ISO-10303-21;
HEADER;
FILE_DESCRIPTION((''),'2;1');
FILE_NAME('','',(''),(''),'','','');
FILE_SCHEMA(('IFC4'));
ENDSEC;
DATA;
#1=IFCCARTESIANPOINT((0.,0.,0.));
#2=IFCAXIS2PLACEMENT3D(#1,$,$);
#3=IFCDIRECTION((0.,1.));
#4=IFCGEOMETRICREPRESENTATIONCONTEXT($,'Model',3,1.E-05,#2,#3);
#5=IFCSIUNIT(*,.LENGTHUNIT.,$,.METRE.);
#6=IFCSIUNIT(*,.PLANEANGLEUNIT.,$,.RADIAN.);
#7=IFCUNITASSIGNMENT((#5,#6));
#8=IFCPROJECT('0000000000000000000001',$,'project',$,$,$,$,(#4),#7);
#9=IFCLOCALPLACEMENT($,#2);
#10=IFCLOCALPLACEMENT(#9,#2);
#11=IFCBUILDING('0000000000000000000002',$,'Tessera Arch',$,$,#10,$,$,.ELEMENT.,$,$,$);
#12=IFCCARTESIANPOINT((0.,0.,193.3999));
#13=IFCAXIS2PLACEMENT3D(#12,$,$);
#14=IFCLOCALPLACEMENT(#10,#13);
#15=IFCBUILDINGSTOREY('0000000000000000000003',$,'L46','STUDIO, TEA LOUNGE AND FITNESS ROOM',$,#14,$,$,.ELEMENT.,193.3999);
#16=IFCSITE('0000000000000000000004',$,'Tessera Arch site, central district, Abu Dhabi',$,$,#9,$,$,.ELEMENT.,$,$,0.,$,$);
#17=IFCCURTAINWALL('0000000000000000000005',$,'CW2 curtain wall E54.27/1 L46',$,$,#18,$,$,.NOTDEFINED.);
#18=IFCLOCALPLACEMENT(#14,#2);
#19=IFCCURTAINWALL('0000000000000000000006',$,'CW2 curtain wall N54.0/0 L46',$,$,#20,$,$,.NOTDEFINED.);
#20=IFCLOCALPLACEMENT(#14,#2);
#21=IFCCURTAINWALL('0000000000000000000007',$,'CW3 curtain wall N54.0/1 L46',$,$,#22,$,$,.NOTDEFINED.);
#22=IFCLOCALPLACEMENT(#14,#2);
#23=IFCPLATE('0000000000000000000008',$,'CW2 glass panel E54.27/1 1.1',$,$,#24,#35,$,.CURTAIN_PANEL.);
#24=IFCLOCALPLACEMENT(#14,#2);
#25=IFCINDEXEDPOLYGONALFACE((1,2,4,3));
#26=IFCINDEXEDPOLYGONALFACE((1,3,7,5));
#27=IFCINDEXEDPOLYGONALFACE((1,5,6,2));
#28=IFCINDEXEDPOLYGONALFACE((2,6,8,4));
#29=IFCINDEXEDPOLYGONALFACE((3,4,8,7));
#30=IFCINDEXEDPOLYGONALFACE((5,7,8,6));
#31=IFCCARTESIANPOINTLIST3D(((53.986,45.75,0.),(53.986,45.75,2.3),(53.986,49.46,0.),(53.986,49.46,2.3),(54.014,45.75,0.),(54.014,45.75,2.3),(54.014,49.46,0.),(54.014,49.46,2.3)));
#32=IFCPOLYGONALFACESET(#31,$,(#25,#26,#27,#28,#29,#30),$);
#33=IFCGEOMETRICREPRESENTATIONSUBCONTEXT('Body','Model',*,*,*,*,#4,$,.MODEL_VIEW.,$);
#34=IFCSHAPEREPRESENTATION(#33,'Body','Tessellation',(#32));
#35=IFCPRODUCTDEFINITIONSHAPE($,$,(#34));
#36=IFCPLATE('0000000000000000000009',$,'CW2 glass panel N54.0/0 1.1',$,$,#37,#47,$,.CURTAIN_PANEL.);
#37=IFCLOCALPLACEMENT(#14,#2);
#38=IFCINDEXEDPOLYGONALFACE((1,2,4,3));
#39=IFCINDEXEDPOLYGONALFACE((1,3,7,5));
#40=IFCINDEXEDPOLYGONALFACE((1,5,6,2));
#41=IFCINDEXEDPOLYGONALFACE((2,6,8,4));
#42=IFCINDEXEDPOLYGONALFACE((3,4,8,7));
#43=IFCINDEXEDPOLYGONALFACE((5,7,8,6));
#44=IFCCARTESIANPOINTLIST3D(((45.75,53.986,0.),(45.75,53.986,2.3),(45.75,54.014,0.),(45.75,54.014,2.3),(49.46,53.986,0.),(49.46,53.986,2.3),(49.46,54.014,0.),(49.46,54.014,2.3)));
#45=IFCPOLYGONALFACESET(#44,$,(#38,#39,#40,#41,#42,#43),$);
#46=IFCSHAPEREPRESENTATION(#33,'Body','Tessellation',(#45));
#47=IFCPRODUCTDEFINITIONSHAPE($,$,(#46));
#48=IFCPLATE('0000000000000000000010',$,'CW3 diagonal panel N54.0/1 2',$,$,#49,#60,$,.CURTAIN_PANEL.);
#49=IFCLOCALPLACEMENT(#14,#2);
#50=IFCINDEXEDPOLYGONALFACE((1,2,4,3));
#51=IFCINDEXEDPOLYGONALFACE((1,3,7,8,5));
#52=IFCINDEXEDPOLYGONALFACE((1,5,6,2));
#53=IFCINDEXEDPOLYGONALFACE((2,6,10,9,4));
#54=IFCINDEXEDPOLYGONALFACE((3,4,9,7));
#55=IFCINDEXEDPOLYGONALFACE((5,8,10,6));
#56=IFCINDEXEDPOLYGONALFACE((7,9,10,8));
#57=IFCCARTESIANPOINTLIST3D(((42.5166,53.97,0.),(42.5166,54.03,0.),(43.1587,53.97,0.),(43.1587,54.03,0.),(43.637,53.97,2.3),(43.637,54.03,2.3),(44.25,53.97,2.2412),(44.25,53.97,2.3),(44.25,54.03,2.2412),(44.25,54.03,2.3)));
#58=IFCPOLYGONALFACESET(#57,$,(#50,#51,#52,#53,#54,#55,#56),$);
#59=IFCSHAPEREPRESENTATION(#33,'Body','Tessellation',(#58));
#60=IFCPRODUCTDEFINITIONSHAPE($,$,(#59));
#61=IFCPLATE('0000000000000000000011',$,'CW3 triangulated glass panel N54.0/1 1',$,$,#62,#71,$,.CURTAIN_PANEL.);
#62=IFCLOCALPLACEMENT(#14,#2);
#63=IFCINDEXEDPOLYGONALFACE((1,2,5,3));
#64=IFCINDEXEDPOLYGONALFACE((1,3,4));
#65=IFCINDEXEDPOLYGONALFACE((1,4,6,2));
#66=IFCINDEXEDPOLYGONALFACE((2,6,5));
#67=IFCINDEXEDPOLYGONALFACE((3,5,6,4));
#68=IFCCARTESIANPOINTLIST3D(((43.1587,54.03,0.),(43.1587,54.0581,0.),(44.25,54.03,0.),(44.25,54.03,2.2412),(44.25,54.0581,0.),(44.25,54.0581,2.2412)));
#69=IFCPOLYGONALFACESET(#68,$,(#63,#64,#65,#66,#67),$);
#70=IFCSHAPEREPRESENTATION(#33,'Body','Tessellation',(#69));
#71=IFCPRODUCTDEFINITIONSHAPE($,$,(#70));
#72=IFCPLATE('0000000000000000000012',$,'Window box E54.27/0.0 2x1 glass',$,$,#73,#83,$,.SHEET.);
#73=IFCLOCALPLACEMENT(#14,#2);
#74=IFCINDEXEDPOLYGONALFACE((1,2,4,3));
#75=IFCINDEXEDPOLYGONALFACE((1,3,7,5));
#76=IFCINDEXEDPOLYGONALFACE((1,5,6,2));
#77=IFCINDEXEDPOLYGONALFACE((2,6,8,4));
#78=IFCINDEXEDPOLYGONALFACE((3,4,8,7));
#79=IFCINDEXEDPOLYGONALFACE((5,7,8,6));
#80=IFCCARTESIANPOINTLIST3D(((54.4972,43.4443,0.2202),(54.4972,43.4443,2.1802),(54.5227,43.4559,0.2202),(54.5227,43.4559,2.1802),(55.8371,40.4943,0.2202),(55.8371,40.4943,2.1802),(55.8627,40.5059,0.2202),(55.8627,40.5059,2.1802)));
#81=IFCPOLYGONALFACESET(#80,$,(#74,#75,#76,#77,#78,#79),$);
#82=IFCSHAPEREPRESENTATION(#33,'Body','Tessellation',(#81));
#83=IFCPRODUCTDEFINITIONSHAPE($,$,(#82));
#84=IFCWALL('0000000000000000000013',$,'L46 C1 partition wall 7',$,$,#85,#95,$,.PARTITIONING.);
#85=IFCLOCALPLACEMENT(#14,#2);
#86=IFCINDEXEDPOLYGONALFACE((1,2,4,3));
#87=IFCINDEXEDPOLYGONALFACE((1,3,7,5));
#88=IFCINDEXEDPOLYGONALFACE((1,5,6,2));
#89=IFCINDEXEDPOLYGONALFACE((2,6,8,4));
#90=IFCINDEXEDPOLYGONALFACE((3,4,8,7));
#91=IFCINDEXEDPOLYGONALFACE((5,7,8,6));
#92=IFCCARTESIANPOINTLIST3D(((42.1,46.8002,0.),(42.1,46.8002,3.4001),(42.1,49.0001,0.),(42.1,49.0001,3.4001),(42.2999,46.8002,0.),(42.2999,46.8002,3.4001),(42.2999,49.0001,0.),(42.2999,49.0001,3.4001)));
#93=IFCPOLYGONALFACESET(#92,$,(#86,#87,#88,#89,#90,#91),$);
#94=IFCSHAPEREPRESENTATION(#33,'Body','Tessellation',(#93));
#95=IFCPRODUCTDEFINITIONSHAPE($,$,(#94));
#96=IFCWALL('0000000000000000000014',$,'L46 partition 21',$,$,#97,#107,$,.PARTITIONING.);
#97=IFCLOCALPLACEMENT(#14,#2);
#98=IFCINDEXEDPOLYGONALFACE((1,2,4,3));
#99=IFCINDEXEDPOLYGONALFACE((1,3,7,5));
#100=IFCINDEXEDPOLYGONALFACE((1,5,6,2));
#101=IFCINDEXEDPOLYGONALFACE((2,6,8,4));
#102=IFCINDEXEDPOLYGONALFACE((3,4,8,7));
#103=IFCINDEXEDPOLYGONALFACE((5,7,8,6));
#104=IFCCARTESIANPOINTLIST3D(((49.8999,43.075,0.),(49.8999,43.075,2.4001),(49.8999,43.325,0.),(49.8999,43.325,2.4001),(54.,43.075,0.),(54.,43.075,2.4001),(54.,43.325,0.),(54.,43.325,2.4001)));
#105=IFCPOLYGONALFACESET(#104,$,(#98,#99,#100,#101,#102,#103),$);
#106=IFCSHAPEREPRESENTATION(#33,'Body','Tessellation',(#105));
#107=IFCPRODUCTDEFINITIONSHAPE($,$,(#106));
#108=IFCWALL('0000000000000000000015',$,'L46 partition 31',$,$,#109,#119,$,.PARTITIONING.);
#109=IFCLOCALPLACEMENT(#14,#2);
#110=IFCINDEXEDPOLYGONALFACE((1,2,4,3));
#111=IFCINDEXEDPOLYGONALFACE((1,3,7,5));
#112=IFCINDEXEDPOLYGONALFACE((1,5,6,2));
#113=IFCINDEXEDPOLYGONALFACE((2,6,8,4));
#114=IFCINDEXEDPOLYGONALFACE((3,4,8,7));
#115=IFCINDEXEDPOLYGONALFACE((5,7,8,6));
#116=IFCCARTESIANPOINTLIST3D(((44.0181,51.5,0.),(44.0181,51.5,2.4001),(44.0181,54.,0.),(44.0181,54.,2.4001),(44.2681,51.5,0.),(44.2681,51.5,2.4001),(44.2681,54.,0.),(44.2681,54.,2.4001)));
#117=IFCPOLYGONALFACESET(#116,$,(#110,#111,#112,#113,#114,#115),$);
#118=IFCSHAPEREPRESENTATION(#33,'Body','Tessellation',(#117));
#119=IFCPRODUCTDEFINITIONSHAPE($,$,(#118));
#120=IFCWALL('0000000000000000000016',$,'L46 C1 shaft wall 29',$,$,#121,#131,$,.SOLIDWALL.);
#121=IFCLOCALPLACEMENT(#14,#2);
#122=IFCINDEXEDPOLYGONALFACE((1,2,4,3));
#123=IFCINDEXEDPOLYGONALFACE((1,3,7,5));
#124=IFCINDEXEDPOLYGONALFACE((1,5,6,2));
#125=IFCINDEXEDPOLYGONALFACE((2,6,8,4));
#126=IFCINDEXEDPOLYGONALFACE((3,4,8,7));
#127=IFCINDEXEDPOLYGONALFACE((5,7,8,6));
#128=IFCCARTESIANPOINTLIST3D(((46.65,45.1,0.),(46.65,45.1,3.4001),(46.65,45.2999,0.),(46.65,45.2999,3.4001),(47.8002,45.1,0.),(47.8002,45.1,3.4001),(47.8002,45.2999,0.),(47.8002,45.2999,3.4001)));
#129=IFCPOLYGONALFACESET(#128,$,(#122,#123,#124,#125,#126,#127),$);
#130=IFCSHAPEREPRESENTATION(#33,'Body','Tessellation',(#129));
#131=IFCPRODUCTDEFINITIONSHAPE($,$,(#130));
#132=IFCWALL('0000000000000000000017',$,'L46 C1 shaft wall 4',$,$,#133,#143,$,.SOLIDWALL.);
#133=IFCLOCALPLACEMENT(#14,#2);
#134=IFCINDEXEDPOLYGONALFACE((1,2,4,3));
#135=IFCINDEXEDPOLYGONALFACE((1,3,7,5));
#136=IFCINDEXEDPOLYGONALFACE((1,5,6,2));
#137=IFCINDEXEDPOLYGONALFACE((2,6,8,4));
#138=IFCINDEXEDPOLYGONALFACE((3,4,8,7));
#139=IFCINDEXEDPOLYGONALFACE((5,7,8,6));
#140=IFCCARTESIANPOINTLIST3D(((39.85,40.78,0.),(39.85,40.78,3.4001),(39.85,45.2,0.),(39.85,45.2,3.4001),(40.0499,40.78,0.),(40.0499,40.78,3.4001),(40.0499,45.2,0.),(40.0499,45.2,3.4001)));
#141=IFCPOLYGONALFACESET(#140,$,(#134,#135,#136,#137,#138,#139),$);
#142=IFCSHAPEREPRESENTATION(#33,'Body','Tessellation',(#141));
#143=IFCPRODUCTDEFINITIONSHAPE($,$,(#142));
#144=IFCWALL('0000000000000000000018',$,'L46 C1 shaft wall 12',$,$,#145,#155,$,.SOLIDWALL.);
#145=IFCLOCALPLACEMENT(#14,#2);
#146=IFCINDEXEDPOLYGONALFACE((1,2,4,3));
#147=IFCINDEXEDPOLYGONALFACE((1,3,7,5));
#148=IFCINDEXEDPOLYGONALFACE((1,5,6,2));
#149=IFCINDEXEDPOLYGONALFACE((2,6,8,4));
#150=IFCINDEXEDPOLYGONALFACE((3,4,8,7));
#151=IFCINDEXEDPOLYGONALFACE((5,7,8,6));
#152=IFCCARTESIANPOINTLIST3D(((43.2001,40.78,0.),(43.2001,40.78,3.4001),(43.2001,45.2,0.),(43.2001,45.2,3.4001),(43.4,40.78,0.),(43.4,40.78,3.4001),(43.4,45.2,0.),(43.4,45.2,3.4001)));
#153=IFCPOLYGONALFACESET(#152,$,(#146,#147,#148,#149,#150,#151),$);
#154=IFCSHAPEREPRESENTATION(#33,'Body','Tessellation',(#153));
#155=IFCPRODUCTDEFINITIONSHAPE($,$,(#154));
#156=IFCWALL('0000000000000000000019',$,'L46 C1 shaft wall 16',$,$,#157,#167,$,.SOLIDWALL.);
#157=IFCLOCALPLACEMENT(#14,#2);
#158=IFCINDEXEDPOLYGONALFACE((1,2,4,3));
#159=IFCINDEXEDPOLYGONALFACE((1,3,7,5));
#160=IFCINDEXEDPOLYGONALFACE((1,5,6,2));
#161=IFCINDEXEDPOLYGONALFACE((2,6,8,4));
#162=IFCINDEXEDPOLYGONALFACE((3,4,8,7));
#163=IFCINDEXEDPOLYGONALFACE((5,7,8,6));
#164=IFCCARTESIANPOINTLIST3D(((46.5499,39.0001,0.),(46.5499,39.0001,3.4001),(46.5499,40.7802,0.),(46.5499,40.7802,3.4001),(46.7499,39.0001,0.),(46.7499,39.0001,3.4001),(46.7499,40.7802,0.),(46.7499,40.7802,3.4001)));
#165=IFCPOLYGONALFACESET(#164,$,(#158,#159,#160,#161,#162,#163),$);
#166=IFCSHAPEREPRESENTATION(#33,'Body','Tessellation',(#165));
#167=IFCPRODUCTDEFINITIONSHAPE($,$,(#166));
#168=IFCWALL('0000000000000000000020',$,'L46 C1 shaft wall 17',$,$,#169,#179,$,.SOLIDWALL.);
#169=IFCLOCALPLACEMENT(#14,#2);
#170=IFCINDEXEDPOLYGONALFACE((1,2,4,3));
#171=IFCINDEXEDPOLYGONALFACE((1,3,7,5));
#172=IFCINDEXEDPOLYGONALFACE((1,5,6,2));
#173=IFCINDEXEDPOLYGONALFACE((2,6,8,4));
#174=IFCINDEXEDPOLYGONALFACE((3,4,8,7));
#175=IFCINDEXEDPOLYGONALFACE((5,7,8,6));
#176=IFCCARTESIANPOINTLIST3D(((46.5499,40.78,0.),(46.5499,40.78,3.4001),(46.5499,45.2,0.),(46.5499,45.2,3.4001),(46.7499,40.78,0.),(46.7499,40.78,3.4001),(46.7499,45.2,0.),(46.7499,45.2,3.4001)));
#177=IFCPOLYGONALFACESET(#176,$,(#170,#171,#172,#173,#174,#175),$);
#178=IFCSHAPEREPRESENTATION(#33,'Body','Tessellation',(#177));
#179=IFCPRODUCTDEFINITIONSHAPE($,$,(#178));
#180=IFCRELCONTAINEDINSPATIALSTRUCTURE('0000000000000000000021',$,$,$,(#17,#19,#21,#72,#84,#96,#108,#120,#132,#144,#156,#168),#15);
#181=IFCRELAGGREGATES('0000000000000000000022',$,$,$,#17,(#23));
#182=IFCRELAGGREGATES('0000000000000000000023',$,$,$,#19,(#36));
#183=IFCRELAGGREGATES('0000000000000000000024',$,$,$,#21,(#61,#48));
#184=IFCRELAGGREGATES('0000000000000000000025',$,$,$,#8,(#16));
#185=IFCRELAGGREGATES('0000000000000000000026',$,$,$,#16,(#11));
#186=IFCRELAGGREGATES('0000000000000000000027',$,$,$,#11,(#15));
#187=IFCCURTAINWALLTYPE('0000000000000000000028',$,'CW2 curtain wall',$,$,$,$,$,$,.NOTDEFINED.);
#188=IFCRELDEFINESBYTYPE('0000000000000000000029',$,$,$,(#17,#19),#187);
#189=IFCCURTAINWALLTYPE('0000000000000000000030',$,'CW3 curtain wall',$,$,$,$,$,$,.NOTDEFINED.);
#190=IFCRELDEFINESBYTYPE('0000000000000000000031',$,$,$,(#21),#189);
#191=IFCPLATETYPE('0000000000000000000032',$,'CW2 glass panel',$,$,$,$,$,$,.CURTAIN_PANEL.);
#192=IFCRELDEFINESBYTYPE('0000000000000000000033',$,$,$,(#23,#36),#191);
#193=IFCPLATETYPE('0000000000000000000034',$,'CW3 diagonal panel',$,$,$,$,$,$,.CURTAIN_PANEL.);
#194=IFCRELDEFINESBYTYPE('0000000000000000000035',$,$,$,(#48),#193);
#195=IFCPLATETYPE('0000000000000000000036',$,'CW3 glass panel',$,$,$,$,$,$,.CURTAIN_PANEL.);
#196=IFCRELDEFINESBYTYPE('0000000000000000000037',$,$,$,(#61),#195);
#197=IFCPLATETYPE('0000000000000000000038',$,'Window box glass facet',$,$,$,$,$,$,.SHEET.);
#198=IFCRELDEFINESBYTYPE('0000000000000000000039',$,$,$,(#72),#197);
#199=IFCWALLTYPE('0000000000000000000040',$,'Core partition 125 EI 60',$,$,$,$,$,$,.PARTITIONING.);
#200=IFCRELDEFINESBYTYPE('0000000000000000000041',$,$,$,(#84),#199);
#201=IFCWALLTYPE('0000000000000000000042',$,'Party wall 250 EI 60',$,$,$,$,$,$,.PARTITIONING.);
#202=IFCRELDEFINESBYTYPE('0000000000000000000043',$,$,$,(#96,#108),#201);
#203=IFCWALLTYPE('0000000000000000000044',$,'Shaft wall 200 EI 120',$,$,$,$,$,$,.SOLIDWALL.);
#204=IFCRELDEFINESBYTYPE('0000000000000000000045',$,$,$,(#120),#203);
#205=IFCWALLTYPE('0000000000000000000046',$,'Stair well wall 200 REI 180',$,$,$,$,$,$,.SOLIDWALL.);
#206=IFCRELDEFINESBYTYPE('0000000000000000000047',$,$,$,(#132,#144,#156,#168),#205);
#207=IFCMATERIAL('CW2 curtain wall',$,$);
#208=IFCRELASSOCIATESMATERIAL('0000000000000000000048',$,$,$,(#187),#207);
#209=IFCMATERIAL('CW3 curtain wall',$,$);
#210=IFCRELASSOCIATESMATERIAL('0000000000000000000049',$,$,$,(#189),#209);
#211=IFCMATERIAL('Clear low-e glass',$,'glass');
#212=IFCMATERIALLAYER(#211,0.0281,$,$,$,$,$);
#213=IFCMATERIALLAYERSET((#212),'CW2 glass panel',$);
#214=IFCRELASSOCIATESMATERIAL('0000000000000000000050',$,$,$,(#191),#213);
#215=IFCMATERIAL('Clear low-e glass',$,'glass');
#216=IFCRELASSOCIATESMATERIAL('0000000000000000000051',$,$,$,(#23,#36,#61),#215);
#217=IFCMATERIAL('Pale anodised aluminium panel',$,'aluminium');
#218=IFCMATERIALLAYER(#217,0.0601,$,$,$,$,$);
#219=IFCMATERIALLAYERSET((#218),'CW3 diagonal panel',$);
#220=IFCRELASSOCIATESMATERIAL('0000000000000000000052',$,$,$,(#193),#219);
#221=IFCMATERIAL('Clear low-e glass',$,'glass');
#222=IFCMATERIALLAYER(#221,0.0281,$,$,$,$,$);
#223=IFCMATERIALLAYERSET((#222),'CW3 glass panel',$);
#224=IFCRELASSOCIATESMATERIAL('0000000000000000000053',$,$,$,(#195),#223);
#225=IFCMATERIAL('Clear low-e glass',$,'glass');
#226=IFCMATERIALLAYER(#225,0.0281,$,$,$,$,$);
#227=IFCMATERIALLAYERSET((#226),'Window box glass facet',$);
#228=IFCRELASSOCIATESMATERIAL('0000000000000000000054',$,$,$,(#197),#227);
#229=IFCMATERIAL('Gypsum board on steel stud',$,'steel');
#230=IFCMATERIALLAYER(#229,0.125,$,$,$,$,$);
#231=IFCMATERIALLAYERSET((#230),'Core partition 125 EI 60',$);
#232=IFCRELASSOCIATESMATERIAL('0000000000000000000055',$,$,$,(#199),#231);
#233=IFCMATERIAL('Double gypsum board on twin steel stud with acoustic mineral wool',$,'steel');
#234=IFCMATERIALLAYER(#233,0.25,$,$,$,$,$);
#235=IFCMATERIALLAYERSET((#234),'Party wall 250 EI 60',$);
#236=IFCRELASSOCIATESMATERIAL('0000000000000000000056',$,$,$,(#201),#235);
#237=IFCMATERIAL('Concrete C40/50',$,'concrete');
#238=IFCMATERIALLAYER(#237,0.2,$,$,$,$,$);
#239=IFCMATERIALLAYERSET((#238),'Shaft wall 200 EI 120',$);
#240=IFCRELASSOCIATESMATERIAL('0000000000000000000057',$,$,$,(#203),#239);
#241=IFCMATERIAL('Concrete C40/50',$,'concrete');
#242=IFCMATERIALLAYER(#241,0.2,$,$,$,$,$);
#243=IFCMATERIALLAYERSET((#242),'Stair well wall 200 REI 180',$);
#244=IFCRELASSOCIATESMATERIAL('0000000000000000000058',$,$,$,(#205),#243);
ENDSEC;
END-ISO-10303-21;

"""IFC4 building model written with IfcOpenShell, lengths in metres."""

from ifc_helpers import new_model, si_unit, direction, frame, frame_2d, origin, origin_2d, place, context, subcontext, project, spatial, polyline, rectangle, outline, extrude, material, layer, layer_set, type_object, element, aggregate, save


model = new_model("IFC4")

# Units and contexts
model_context = context("Model", 3, precision=1e-05, world=origin(), true_north=direction((0.0, 1.0)))
body_context = subcontext(model_context, "Body", "Model", "MODEL_VIEW")
ifc_project = project(units=[si_unit("LENGTHUNIT", "METRE"), si_unit("PLANEANGLEUNIT", "RADIAN")], contexts=[model_context])

# Site, building, storey
site_placement = place(None, origin())
site = spatial("IfcSite", under=ifc_project, at=site_placement, Name="Tessera Arch site, central district, Abu Dhabi", CompositionType="ELEMENT", RefElevation=0.0)
building_placement = place(site_placement, origin())
building = spatial("IfcBuilding", under=site, at=building_placement, Name="Tessera Arch", CompositionType="ELEMENT")
storey_placement = place(building_placement, frame((0.0, 0.0, 193.3999)))
storey = spatial("IfcBuildingStorey", under=building, at=storey_placement, Name="L46", Description="STUDIO, TEA LOUNGE AND FITNESS ROOM", CompositionType="ELEMENT", Elevation=193.3999)

# Curtain walls
ifc_material_1 = material(Name="CW2 curtain wall")
curtain_wall_type_1 = type_object("IfcCurtainWallType", Name="CW2 curtain wall", PredefinedType="NOTDEFINED", material=ifc_material_1)
curtain_wall_1_placement = place(storey_placement, origin())
curtain_wall_1 = element("IfcCurtainWall", 1, at=curtain_wall_1_placement, inside=storey, type_object=curtain_wall_type_1, Name="CW2 curtain wall E54.27/1 L46", PredefinedType="NOTDEFINED")
curtain_wall_2_placement = place(storey_placement, origin())
curtain_wall_2 = element("IfcCurtainWall", 2, at=curtain_wall_2_placement, inside=storey, type_object=curtain_wall_type_1, Name="CW2 curtain wall N54.0/0 L46", PredefinedType="NOTDEFINED")
ifc_material_2 = material(Name="CW3 curtain wall")
curtain_wall_type_2 = type_object("IfcCurtainWallType", Name="CW3 curtain wall", PredefinedType="NOTDEFINED", material=ifc_material_2)
curtain_wall_3_placement = place(storey_placement, origin())
curtain_wall_3 = element("IfcCurtainWall", 3, at=curtain_wall_3_placement, inside=storey, type_object=curtain_wall_type_2, Name="CW3 curtain wall N54.0/1 L46", PredefinedType="NOTDEFINED")

# Plates
ifc_material_3 = material(Name="Clear low-e glass", Category="glass")
ifc_material_4 = material(Name="Clear low-e glass", Category="glass")
ifc_layer_1 = layer(ifc_material_4, 0.0281)
ifc_layer_set_1 = layer_set([ifc_layer_1], Name="CW2 glass panel")
plate_type_1 = type_object("IfcPlateType", Name="CW2 glass panel", PredefinedType="CURTAIN_PANEL", material=ifc_layer_set_1)
plate_1_placement = place(storey_placement, frame((54.0, 47.605, 0.0), z_axis=(0.0, 0.0, 1.0), x_axis=(0.0, 1.0, 0.0)))
plate_1 = element("IfcPlate", 4, at=plate_1_placement, type_object=plate_type_1, material=ifc_material_3, Name="CW2 glass panel E54.27/1 1.1", PredefinedType="CURTAIN_PANEL", context=body_context, shape_type="SweptSolid", body=[
    extrude(rectangle(XDim=3.71, YDim=0.0281, at=origin_2d()), origin(), (0.0, 0.0, 1.0), 2.3),
])
aggregate(curtain_wall_1, [plate_1])
plate_2_placement = place(storey_placement, frame((47.605, 54.0, 0.0), z_axis=(0.0, 0.0, 1.0), x_axis=(-1.0, 0.0, 0.0)))
plate_2 = element("IfcPlate", 5, at=plate_2_placement, type_object=plate_type_1, material=ifc_material_3, Name="CW2 glass panel N54.0/0 1.1", PredefinedType="CURTAIN_PANEL", context=body_context, shape_type="SweptSolid", body=[
    extrude(rectangle(XDim=3.71, YDim=0.0281, at=origin_2d()), origin(), (0.0, 0.0, 1.0), 2.3),
])
aggregate(curtain_wall_2, [plate_2])
ifc_material_5 = material(Name="Pale anodised aluminium panel", Category="aluminium")
ifc_layer_2 = layer(ifc_material_5, 0.0601)
ifc_layer_set_2 = layer_set([ifc_layer_2], Name="CW3 diagonal panel")
plate_type_2 = type_object("IfcPlateType", Name="CW3 diagonal panel", PredefinedType="CURTAIN_PANEL", material=ifc_layer_set_2)
plate_3_placement = place(storey_placement, frame((44.25, 54.03, 2.3), z_axis=(0.0, 1.0, 0.0), x_axis=(0.0, 0.0, -1.0)))
plate_3 = element("IfcPlate", 6, at=plate_3_placement, type_object=plate_type_2, Name="CW3 diagonal panel N54.0/1 2", PredefinedType="CURTAIN_PANEL", context=body_context, shape_type="SweptSolid", body=[
    extrude(outline(polyline([(0.0, 0.0), (0.0588, 0.0), (2.3, 1.0913), (2.3, 1.7334), (0.0, 0.613), (0.0, 0.0)])), origin(), (0.0, 0.0, -1.0), 0.0601),
])
ifc_material_6 = material(Name="Clear low-e glass", Category="glass")
ifc_layer_3 = layer(ifc_material_6, 0.0281)
ifc_layer_set_3 = layer_set([ifc_layer_3], Name="CW3 glass panel")
plate_type_3 = type_object("IfcPlateType", Name="CW3 glass panel", PredefinedType="CURTAIN_PANEL", material=ifc_layer_set_3)
plate_4_placement = place(storey_placement, frame((44.25, 54.0581, 0.0), z_axis=(0.0, 1.0, 0.0), x_axis=(-1.0, 0.0, 0.0)))
plate_4 = element("IfcPlate", 7, at=plate_4_placement, type_object=plate_type_3, material=ifc_material_3, Name="CW3 triangulated glass panel N54.0/1 1", PredefinedType="CURTAIN_PANEL", context=body_context, shape_type="SweptSolid", body=[
    extrude(outline(polyline([(0.0, 0.0), (1.0913, 0.0), (0.0, 2.2412), (0.0, 0.0)])), origin(), (0.0, 0.0, -1.0), 0.0281),
])
aggregate(curtain_wall_3, [plate_4, plate_3])
ifc_material_7 = material(Name="Clear low-e glass", Category="glass")
ifc_layer_4 = layer(ifc_material_7, 0.0281)
ifc_layer_set_4 = layer_set([ifc_layer_4], Name="Window box glass facet")
plate_type_4 = type_object("IfcPlateType", Name="Window box glass facet", PredefinedType="SHEET", material=ifc_layer_set_4)
plate_5_placement = place(storey_placement, frame((55.1799, 41.9751, 0.2202), z_axis=(0.0, 0.0, 1.0), x_axis=(0.41357, -0.910472, 0.0)))
element("IfcPlate", 8, at=plate_5_placement, inside=storey, type_object=plate_type_4, Name="Window box E54.27/0.0 2x1 glass", PredefinedType="SHEET", context=body_context, shape_type="SweptSolid", body=[
    extrude(rectangle(XDim=3.24, YDim=0.0281, at=origin_2d()), origin(), (0.0, 0.0, 1.0), 1.96),
])

# Walls
ifc_material_8 = material(Name="Gypsum board on steel stud", Category="steel")
ifc_layer_5 = layer(ifc_material_8, 0.125)
ifc_layer_set_5 = layer_set([ifc_layer_5], Name="Core partition 125 EI 60")
wall_type_1 = type_object("IfcWallType", Name="Core partition 125 EI 60", PredefinedType="PARTITIONING", material=ifc_layer_set_5)
wall_1_placement = place(storey_placement, frame((42.2, 46.8, 0.0), z_axis=(0.0, 0.0, 1.0), x_axis=(0.0, 1.0, 0.0)))
element("IfcWall", 9, at=wall_1_placement, inside=storey, type_object=wall_type_1, Name="L46 C1 partition wall 7", PredefinedType="PARTITIONING", context=body_context, shape_type="SweptSolid", body=[
    extrude(rectangle(XDim=2.2, YDim=0.2, at=frame_2d((1.1001, 0.0))), origin(), (0.0, 0.0, 1.0), 3.4001),
])
ifc_material_9 = material(Name="Double gypsum board on twin steel stud with acoustic mineral wool", Category="steel")
ifc_layer_6 = layer(ifc_material_9, 0.25)
ifc_layer_set_6 = layer_set([ifc_layer_6], Name="Party wall 250 EI 60")
wall_type_2 = type_object("IfcWallType", Name="Party wall 250 EI 60", PredefinedType="PARTITIONING", material=ifc_layer_set_6)
wall_2_placement = place(storey_placement, frame((49.8999, 43.2, 0.0), z_axis=(0.0, 0.0, 1.0), x_axis=(1.0, 0.0, 0.0)))
element("IfcWall", 10, at=wall_2_placement, inside=storey, type_object=wall_type_2, Name="L46 partition 21", PredefinedType="PARTITIONING", context=body_context, shape_type="SweptSolid", body=[
    extrude(rectangle(XDim=4.1001, YDim=0.25, at=frame_2d((2.05, 0.0))), origin(), (0.0, 0.0, 1.0), 2.4001),
])
wall_3_placement = place(storey_placement, frame((44.1431, 51.5, 0.0), z_axis=(0.0, 0.0, 1.0), x_axis=(0.0, 1.0, 0.0)))
element("IfcWall", 11, at=wall_3_placement, inside=storey, type_object=wall_type_2, Name="L46 partition 31", PredefinedType="PARTITIONING", context=body_context, shape_type="SweptSolid", body=[
    extrude(rectangle(XDim=2.5, YDim=0.25, at=frame_2d((1.25, 0.0))), origin(), (0.0, 0.0, 1.0), 2.4001),
])
ifc_material_10 = material(Name="Concrete C40/50", Category="concrete")
ifc_layer_7 = layer(ifc_material_10, 0.2)
ifc_layer_set_7 = layer_set([ifc_layer_7], Name="Shaft wall 200 EI 120")
wall_type_3 = type_object("IfcWallType", Name="Shaft wall 200 EI 120", PredefinedType="SOLIDWALL", material=ifc_layer_set_7)
wall_4_placement = place(storey_placement, frame((46.6499, 45.2, 0.0), z_axis=(0.0, 0.0, 1.0), x_axis=(1.0, 0.0, 0.0)))
element("IfcWall", 12, at=wall_4_placement, inside=storey, type_object=wall_type_3, Name="L46 C1 shaft wall 29", PredefinedType="SOLIDWALL", context=body_context, shape_type="SweptSolid", body=[
    extrude(rectangle(XDim=1.1501, YDim=0.2, at=frame_2d((0.5752, 0.0))), origin(), (0.0, 0.0, 1.0), 3.4001),
])
ifc_material_11 = material(Name="Concrete C40/50", Category="concrete")
ifc_layer_8 = layer(ifc_material_11, 0.2)
ifc_layer_set_8 = layer_set([ifc_layer_8], Name="Stair well wall 200 REI 180")
wall_type_4 = type_object("IfcWallType", Name="Stair well wall 200 REI 180", PredefinedType="SOLIDWALL", material=ifc_layer_set_8)
for number, where, z_axis, x_axis, name in (
    (13, (39.95, 40.78, 0.0), (0.0, 0.0, 1.0), (0.0, 1.0, 0.0), "L46 C1 shaft wall 4"),
    (14, (43.3, 40.78, 0.0), (0.0, 0.0, 1.0), (0.0, 1.0, 0.0), "L46 C1 shaft wall 12"),
):
    element("IfcWall", number, at=place(storey_placement, frame(where, z_axis=z_axis, x_axis=x_axis)), inside=storey, type_object=wall_type_4, Name=name, PredefinedType="SOLIDWALL", context=body_context, shape_type="SweptSolid", body=[
        extrude(rectangle(XDim=4.4199, YDim=0.2, at=frame_2d((2.21, 0.0))), origin(), (0.0, 0.0, 1.0), 3.4001),
    ])
wall_5_placement = place(storey_placement, frame((46.6499, 39.0, 0.0), z_axis=(0.0, 0.0, 1.0), x_axis=(0.0, 1.0, 0.0)))
element("IfcWall", 15, at=wall_5_placement, inside=storey, type_object=wall_type_4, Name="L46 C1 shaft wall 16", PredefinedType="SOLIDWALL", context=body_context, shape_type="SweptSolid", body=[
    extrude(rectangle(XDim=1.78, YDim=0.2, at=frame_2d((0.8901, 0.0))), origin(), (0.0, 0.0, 1.0), 3.4001),
])
wall_6_placement = place(storey_placement, frame((46.6499, 40.78, 0.0), z_axis=(0.0, 0.0, 1.0), x_axis=(0.0, 1.0, 0.0)))
element("IfcWall", 16, at=wall_6_placement, inside=storey, type_object=wall_type_4, Name="L46 C1 shaft wall 17", PredefinedType="SOLIDWALL", context=body_context, shape_type="SweptSolid", body=[
    extrude(rectangle(XDim=4.4199, YDim=0.2, at=frame_2d((2.21, 0.0))), origin(), (0.0, 0.0, 1.0), 3.4001),
])

save(model, "model.ifc")
